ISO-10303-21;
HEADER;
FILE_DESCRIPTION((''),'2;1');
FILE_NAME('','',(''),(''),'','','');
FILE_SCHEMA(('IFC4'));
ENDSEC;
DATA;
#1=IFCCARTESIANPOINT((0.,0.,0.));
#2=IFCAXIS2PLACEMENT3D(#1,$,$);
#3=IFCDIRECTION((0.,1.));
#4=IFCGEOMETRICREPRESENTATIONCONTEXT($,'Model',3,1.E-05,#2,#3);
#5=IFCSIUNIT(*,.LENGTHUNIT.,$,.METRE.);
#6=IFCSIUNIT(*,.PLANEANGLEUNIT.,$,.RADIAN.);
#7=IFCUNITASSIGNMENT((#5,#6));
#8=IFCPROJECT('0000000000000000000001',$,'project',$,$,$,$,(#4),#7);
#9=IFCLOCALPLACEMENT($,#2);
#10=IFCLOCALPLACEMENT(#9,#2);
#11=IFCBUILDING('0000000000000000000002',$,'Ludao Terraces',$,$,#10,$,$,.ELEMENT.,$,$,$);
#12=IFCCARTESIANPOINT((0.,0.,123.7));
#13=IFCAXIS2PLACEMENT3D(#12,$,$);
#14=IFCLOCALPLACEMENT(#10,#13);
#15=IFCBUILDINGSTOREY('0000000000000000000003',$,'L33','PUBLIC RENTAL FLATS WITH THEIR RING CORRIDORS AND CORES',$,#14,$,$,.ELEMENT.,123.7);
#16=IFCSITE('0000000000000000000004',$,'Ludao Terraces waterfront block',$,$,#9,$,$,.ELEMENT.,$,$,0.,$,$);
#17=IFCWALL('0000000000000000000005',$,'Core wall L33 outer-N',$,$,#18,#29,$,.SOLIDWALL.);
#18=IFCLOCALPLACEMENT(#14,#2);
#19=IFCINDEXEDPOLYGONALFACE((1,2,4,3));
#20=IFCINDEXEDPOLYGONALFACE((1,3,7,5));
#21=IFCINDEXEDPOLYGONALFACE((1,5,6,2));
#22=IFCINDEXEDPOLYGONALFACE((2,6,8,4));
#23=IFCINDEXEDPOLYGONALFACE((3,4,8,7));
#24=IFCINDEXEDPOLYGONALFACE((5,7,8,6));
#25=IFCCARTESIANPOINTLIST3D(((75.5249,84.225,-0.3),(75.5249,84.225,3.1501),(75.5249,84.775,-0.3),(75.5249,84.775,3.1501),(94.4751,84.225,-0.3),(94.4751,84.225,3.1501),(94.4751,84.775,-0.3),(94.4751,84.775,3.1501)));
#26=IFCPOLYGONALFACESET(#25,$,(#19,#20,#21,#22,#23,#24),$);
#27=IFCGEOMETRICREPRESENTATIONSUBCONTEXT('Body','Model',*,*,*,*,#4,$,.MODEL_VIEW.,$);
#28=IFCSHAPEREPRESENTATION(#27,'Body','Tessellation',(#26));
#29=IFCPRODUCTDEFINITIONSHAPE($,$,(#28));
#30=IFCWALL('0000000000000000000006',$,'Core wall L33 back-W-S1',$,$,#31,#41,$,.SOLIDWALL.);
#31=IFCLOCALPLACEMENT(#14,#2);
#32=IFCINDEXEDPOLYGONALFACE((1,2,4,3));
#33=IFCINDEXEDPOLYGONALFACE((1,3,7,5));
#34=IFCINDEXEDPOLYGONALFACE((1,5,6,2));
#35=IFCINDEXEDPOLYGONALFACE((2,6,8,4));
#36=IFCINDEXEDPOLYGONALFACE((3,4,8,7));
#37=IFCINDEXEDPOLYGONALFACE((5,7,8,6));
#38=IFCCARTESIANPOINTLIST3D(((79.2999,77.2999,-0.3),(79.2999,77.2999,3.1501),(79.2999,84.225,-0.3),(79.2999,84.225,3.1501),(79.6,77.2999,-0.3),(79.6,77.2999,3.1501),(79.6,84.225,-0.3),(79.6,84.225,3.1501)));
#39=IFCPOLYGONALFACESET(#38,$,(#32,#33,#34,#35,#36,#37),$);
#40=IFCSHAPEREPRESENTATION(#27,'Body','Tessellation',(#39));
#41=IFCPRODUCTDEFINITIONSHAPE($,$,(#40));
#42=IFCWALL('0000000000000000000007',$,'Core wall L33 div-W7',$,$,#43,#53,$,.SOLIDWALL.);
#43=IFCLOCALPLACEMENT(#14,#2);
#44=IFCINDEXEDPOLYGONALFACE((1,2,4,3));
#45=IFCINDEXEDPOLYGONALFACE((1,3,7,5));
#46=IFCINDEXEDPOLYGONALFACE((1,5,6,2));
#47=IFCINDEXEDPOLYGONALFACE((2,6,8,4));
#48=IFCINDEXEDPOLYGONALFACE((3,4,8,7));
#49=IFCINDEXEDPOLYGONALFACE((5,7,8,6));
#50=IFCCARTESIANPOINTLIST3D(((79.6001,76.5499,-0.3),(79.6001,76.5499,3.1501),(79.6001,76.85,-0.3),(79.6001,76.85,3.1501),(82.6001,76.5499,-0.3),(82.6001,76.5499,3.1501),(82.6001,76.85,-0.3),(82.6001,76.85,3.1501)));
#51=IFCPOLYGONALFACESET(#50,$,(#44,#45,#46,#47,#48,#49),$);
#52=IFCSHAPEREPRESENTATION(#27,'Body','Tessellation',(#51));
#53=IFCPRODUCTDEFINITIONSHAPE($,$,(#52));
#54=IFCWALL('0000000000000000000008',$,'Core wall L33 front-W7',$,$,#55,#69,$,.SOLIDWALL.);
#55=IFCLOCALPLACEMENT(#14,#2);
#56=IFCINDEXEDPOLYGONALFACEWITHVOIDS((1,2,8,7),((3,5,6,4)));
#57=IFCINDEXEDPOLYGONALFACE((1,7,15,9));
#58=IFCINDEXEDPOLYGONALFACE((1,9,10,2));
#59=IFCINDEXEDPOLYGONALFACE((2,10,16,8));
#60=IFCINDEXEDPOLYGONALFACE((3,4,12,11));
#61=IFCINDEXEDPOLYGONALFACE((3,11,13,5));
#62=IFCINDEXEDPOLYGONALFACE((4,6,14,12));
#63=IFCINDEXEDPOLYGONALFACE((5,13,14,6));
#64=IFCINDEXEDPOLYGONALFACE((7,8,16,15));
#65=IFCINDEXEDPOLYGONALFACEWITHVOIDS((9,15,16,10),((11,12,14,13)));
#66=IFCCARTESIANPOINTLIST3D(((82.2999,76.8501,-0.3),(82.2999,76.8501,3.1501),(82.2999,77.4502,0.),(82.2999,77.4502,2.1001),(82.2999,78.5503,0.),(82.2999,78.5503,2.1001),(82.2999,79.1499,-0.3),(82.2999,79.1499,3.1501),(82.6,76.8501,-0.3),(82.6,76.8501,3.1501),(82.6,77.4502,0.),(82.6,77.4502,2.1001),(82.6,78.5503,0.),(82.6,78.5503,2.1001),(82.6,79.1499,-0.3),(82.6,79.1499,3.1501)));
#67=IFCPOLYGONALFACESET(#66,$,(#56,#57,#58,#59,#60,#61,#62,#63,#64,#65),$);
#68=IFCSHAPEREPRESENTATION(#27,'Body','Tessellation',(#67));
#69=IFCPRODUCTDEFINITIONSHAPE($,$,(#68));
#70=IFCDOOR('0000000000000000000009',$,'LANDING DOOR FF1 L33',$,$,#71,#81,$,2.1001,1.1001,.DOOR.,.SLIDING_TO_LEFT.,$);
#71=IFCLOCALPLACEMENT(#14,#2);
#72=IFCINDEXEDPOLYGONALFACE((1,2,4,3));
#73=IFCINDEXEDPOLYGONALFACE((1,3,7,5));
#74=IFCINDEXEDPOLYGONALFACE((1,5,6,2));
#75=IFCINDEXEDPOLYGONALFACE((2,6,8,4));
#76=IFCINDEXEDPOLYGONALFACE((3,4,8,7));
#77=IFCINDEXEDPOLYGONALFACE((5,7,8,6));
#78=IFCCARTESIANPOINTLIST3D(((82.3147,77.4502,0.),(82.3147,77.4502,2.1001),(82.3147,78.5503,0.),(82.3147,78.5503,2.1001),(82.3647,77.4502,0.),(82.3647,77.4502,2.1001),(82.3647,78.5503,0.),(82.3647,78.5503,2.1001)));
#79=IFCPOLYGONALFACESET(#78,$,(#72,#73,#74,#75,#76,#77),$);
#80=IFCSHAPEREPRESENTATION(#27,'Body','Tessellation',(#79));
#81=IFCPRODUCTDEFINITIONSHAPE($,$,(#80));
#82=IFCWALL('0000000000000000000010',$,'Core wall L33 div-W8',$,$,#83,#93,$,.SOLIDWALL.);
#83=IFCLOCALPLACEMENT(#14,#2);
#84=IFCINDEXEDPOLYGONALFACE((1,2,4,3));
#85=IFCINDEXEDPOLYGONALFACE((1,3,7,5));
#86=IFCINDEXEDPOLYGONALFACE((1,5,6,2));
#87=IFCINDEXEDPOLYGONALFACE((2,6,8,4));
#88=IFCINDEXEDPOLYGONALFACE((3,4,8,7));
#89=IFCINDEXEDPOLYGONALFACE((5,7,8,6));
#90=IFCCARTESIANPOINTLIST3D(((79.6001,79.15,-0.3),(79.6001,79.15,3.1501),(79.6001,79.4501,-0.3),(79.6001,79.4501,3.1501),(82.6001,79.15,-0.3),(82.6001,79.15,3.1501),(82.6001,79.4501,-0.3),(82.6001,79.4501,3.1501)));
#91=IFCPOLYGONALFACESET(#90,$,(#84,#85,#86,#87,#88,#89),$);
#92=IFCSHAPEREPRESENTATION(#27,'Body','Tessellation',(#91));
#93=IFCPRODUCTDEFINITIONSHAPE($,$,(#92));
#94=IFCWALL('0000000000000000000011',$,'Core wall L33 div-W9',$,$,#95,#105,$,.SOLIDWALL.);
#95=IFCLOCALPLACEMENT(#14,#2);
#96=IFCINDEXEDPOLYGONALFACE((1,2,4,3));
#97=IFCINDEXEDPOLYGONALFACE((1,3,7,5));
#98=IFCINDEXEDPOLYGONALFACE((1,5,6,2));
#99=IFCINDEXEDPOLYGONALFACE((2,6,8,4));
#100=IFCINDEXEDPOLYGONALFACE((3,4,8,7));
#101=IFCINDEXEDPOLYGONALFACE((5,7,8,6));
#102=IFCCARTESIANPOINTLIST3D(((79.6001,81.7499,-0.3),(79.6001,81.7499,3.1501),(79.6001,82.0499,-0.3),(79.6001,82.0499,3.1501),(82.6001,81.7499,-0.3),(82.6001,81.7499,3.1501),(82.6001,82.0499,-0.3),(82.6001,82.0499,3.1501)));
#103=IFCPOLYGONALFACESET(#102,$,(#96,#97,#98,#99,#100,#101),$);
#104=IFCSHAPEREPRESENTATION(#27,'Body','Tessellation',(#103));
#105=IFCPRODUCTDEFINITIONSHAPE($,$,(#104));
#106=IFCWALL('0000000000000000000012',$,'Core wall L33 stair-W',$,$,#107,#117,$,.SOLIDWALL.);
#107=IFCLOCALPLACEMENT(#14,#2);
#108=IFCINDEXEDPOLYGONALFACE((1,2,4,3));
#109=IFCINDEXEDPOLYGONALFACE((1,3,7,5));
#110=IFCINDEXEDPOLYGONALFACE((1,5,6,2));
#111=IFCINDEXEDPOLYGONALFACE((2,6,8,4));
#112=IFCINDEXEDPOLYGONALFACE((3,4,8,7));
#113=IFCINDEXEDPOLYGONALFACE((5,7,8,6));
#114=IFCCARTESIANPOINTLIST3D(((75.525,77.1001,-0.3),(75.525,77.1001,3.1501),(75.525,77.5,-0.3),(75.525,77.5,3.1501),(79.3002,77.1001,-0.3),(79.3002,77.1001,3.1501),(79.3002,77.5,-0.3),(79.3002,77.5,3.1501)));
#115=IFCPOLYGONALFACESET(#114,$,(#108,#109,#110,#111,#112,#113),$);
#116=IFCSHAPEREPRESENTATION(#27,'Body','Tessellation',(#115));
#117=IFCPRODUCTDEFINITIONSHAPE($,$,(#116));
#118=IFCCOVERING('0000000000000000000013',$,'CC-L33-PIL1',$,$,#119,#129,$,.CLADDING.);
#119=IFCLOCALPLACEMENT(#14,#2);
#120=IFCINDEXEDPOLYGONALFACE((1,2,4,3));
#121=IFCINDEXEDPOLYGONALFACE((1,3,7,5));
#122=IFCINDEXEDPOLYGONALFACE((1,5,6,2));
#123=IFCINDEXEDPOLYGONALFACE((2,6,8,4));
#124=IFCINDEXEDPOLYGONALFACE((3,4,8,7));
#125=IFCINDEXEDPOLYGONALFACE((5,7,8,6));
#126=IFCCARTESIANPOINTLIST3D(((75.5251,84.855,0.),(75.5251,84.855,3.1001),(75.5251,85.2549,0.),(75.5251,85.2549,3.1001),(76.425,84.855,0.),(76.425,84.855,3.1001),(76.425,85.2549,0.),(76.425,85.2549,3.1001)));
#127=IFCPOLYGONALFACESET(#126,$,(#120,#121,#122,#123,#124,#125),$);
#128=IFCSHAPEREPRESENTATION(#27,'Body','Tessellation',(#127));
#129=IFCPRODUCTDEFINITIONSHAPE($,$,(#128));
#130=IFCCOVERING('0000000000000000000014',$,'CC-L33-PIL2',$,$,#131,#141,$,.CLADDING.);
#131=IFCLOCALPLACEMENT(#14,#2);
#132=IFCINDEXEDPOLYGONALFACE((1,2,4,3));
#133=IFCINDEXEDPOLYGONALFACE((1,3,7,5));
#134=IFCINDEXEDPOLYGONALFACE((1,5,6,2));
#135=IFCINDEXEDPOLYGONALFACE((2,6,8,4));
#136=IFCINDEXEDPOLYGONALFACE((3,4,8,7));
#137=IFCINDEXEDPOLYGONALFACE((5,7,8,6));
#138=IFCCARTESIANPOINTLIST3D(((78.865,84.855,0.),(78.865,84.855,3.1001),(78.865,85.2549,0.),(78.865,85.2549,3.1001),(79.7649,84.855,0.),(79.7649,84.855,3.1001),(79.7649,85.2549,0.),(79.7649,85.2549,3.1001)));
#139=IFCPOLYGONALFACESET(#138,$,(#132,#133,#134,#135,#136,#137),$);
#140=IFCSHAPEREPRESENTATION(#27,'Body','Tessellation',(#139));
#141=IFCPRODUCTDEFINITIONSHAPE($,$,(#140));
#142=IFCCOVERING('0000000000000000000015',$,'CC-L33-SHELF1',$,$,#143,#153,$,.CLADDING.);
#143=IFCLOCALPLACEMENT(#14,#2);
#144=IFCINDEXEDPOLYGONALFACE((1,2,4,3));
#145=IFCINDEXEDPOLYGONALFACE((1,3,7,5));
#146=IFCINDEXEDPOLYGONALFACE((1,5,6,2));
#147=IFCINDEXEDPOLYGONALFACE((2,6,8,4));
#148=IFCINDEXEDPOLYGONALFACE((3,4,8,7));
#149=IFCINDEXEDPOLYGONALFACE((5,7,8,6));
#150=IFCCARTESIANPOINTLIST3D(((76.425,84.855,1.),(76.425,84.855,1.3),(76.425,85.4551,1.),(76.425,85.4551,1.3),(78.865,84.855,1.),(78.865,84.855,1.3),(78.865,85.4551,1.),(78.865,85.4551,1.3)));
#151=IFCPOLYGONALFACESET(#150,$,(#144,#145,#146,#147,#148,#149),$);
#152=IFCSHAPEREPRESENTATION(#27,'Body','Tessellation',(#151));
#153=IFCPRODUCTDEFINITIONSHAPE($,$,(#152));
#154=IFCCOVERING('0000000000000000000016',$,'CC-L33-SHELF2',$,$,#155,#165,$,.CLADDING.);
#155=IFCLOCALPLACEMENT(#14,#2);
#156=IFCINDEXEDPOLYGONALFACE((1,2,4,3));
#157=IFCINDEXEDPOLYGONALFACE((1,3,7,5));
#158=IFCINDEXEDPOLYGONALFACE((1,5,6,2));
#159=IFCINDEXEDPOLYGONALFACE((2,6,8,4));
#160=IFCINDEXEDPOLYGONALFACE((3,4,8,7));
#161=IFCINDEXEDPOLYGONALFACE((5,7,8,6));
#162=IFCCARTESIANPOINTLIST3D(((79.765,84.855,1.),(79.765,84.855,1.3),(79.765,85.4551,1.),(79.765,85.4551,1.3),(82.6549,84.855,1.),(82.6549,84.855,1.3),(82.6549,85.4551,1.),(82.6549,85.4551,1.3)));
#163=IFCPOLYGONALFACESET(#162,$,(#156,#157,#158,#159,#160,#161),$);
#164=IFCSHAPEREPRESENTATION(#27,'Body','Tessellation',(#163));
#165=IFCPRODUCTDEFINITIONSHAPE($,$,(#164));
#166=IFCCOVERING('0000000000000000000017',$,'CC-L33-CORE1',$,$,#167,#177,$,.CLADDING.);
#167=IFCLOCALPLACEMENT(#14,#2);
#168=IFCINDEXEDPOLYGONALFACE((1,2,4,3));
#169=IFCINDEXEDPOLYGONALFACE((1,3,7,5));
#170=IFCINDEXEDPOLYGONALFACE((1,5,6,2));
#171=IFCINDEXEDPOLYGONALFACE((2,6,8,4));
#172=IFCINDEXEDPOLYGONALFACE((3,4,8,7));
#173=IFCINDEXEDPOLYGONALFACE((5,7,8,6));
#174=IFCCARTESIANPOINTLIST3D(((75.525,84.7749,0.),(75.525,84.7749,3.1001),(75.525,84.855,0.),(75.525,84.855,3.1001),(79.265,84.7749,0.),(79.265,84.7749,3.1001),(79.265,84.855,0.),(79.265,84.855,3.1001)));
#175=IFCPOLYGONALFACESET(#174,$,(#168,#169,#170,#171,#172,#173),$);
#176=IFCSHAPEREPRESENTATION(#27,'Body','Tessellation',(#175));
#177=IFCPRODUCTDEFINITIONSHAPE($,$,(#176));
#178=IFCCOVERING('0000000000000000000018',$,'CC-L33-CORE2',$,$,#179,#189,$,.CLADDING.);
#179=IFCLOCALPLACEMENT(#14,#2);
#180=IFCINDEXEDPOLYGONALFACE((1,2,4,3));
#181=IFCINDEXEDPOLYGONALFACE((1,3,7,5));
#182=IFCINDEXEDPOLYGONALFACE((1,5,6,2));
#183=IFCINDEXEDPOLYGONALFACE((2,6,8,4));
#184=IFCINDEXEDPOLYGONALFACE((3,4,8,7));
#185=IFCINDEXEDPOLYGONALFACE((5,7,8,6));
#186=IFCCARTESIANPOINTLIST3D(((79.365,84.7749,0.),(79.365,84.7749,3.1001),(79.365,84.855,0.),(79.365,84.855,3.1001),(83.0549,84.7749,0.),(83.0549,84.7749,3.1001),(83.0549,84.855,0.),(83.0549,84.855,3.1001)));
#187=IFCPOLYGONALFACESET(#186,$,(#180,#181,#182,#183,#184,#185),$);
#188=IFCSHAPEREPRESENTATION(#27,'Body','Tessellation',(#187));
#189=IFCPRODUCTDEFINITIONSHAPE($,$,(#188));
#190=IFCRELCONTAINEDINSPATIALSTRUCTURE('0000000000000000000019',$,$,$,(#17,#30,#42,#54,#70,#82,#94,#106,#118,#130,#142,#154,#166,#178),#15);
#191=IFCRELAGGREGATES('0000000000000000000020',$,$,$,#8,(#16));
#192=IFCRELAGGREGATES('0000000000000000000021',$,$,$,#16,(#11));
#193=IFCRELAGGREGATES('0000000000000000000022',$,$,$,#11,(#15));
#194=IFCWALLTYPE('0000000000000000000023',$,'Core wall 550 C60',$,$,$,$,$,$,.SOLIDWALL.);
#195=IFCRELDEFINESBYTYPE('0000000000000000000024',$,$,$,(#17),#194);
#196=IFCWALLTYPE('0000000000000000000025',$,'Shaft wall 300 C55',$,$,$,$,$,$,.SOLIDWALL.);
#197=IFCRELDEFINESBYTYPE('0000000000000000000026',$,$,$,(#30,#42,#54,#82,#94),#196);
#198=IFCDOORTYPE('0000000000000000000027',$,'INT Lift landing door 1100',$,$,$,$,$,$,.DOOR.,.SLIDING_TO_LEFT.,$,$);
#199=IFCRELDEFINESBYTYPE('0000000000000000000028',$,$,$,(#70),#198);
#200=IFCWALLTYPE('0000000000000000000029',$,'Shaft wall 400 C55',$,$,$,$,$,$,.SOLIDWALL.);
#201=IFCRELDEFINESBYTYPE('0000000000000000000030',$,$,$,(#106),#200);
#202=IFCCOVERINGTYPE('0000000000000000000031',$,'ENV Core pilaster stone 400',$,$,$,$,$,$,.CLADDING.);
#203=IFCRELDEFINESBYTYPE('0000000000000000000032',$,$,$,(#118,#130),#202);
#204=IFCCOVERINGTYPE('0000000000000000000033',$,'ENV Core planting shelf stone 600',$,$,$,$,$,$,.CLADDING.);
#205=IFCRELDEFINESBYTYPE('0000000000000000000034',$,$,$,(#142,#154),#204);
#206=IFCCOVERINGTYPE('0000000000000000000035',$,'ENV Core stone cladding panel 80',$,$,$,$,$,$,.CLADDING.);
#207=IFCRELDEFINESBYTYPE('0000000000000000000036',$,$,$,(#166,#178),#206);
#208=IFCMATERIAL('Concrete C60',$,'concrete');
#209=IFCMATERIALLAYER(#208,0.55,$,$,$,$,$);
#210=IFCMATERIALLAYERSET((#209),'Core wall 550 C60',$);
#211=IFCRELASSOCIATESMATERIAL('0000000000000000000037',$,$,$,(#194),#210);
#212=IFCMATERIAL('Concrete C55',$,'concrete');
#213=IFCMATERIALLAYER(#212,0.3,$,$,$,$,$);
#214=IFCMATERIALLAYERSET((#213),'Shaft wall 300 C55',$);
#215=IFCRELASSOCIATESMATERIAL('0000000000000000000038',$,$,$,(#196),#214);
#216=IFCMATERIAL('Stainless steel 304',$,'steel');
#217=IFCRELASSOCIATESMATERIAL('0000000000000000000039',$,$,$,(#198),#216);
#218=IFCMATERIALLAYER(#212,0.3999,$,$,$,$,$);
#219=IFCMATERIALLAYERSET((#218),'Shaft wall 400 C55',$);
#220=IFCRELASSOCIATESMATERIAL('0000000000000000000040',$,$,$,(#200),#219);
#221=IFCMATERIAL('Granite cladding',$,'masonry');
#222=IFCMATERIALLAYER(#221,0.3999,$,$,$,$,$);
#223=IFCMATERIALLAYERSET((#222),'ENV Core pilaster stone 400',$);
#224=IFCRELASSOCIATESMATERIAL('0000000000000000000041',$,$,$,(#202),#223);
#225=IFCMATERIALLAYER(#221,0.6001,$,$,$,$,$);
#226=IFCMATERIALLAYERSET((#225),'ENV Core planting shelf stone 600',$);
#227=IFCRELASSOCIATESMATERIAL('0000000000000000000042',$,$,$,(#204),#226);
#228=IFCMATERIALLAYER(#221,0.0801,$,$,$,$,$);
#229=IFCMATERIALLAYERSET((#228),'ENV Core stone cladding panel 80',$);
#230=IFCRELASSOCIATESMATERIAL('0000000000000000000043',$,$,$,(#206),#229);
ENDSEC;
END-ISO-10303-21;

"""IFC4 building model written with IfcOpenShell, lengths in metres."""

from ifc_helpers import new_model, si_unit, direction, frame, frame_2d, origin, origin_2d, place, context, subcontext, project, spatial, rectangle, extrude, material, layer, layer_set, type_object, element, fill, save


model = new_model("IFC4")

# Units and contexts
model_context = context("Model", 3, precision=1e-05, world=origin(), true_north=direction((0.0, 1.0)))
body_context = subcontext(model_context, "Body", "Model", "MODEL_VIEW")
ifc_project = project(units=[si_unit("LENGTHUNIT", "METRE"), si_unit("PLANEANGLEUNIT", "RADIAN")], contexts=[model_context])

# Site, building, storey
site_placement = place(None, origin())
site = spatial("IfcSite", under=ifc_project, at=site_placement, Name="Ludao Terraces waterfront block", CompositionType="ELEMENT", RefElevation=0.0)
building_placement = place(site_placement, origin())
building = spatial("IfcBuilding", under=site, at=building_placement, Name="Ludao Terraces", CompositionType="ELEMENT")
storey_placement = place(building_placement, frame((0.0, 0.0, 123.7)))
storey = spatial("IfcBuildingStorey", under=building, at=storey_placement, Name="L33", Description="PUBLIC RENTAL FLATS WITH THEIR RING CORRIDORS AND CORES", CompositionType="ELEMENT", Elevation=123.7)

# Walls
ifc_material_1 = material(Name="Concrete C60", Category="concrete")
ifc_layer_1 = layer(ifc_material_1, 0.55)
ifc_layer_set_1 = layer_set([ifc_layer_1], Name="Core wall 550 C60")
wall_type_1 = type_object("IfcWallType", Name="Core wall 550 C60", PredefinedType="SOLIDWALL", material=ifc_layer_set_1)
wall_1_placement = place(storey_placement, frame((75.5249, 84.5, -0.3), z_axis=(0.0, 0.0, 1.0), x_axis=(1.0, 0.0, 0.0)))
element("IfcWall", 1, at=wall_1_placement, inside=storey, type_object=wall_type_1, Name="Core wall L33 outer-N", PredefinedType="SOLIDWALL", context=body_context, shape_type="SweptSolid", body=[
    extrude(rectangle(XDim=18.9502, YDim=0.55, at=frame_2d((9.4751, 0.0))), origin(), (0.0, 0.0, 1.0), 3.4502),
])
ifc_material_2 = material(Name="Concrete C55", Category="concrete")
ifc_layer_2 = layer(ifc_material_2, 0.3)
ifc_layer_set_2 = layer_set([ifc_layer_2], Name="Shaft wall 300 C55")
wall_type_2 = type_object("IfcWallType", Name="Shaft wall 300 C55", PredefinedType="SOLIDWALL", material=ifc_layer_set_2)
wall_2_placement = place(storey_placement, frame((79.45, 77.3, -0.3), z_axis=(0.0, 0.0, 1.0), x_axis=(0.0, 1.0, 0.0)))
element("IfcWall", 2, at=wall_2_placement, inside=storey, type_object=wall_type_2, Name="Core wall L33 back-W-S1", PredefinedType="SOLIDWALL", context=body_context, shape_type="SweptSolid", body=[
    extrude(rectangle(XDim=6.925, YDim=0.3, at=frame_2d((3.4624, 0.0))), origin(), (0.0, 0.0, 1.0), 3.4502),
])
wall_3_placement = place(storey_placement, frame((79.6001, 76.7, -0.3), z_axis=(0.0, 0.0, 1.0), x_axis=(1.0, 0.0, 0.0)))
element("IfcWall", 3, at=wall_3_placement, inside=storey, type_object=wall_type_2, Name="Core wall L33 div-W7", PredefinedType="SOLIDWALL", context=body_context, shape_type="SweptSolid", body=[
    extrude(rectangle(XDim=3.0, YDim=0.3, at=frame_2d((1.5, 0.0))), origin(), (0.0, 0.0, 1.0), 3.4502),
])

# Wall, opening, door
wall_4_placement = place(storey_placement, frame((82.45, 76.8501, -0.3), z_axis=(0.0, 0.0, 1.0), x_axis=(0.0, 1.0, 0.0)))
wall_4 = element("IfcWall", 4, at=wall_4_placement, inside=storey, type_object=wall_type_2, Name="Core wall L33 front-W7", PredefinedType="SOLIDWALL", context=body_context, shape_type="SweptSolid", body=[
    extrude(rectangle(XDim=2.2998, YDim=0.3, at=frame_2d((1.1499, 0.0))), origin(), (0.0, 0.0, 1.0), 3.4502),
])
opening_placement = place(wall_4_placement, frame((0.6001, 0.0, 0.3)))
opening = element("IfcOpeningElement", 5, at=opening_placement, cuts=wall_4, PredefinedType="OPENING", context=body_context, shape_type="SweptSolid", body=[
    extrude(rectangle(XDim=1.1001, YDim=2.1001, at=frame_2d((0.55, 1.05))), frame((0.0, 0.1602, 0.0), z_axis=(0.0, -1.0, 0.0), x_axis=(1.0, 0.0, 0.0)), (0.0, 0.0, 1.0), 0.3201),
])
ifc_material_3 = material(Name="Stainless steel 304", Category="steel")
door_type = type_object("IfcDoorType", Name="INT Lift landing door 1100", OperationType="SLIDING_TO_LEFT", PredefinedType="DOOR", material=ifc_material_3)
door_placement = place(opening_placement, origin())
door = element("IfcDoor", 6, at=door_placement, inside=storey, type_object=door_type, Name="LANDING DOOR FF1 L33", OperationType="SLIDING_TO_LEFT", OverallHeight=2.1001, OverallWidth=1.1001, PredefinedType="DOOR", context=body_context, shape_type="SweptSolid", body=[
    extrude(rectangle(XDim=1.1001, YDim=2.1001, at=frame_2d((0.55, 1.05))), frame((0.0, 0.1353, 0.0), z_axis=(0.0, -1.0, 0.0), x_axis=(1.0, 0.0, 0.0)), (0.0, 0.0, 1.0), 0.05),
])
fill(opening, door)

# Walls
for number, where, z_axis, x_axis, name in (
    (7, (79.6001, 79.3, -0.3), (0.0, 0.0, 1.0), (1.0, 0.0, 0.0), "Core wall L33 div-W8"),
    (8, (79.6001, 81.8999, -0.3), (0.0, 0.0, 1.0), (1.0, 0.0, 0.0), "Core wall L33 div-W9"),
):
    element("IfcWall", number, at=place(storey_placement, frame(where, z_axis=z_axis, x_axis=x_axis)), inside=storey, type_object=wall_type_2, Name=name, PredefinedType="SOLIDWALL", context=body_context, shape_type="SweptSolid", body=[
        extrude(rectangle(XDim=3.0, YDim=0.3, at=frame_2d((1.5, 0.0))), origin(), (0.0, 0.0, 1.0), 3.4502),
    ])
ifc_layer_3 = layer(ifc_material_2, 0.3999)
ifc_layer_set_3 = layer_set([ifc_layer_3], Name="Shaft wall 400 C55")
wall_type_3 = type_object("IfcWallType", Name="Shaft wall 400 C55", PredefinedType="SOLIDWALL", material=ifc_layer_set_3)
wall_5_placement = place(storey_placement, frame((75.5249, 77.3, -0.3), z_axis=(0.0, 0.0, 1.0), x_axis=(1.0, 0.0, 0.0)))
element("IfcWall", 9, at=wall_5_placement, inside=storey, type_object=wall_type_3, Name="Core wall L33 stair-W", PredefinedType="SOLIDWALL", context=body_context, shape_type="SweptSolid", body=[
    extrude(rectangle(XDim=3.7751, YDim=0.3999, at=frame_2d((1.8877, 0.0))), origin(), (0.0, 0.0, 1.0), 3.4502),
])

# Coverings
ifc_material_4 = material(Name="Granite cladding", Category="masonry")
ifc_layer_4 = layer(ifc_material_4, 0.3999)
ifc_layer_set_4 = layer_set([ifc_layer_4], Name="ENV Core pilaster stone 400")
covering_type_1 = type_object("IfcCoveringType", Name="ENV Core pilaster stone 400", PredefinedType="CLADDING", material=ifc_layer_set_4)
for number, where, z_axis, x_axis, name in (
    (10, (75.9751, 85.0549, 0.0), (0.0, 0.0, 1.0), (1.0, 0.0, 0.0), "CC-L33-PIL1"),
    (11, (79.3149, 85.0549, 0.0), (0.0, 0.0, 1.0), (1.0, 0.0, 0.0), "CC-L33-PIL2"),
):
    element("IfcCovering", number, at=place(storey_placement, frame(where, z_axis=z_axis, x_axis=x_axis)), inside=storey, type_object=covering_type_1, Name=name, PredefinedType="CLADDING", context=body_context, shape_type="SweptSolid", body=[
        extrude(rectangle(XDim=0.8999, YDim=0.3999, at=origin_2d()), origin(), (0.0, 0.0, 1.0), 3.1001),
    ])
ifc_layer_5 = layer(ifc_material_4, 0.6001)
ifc_layer_set_5 = layer_set([ifc_layer_5], Name="ENV Core planting shelf stone 600")
covering_type_2 = type_object("IfcCoveringType", Name="ENV Core planting shelf stone 600", PredefinedType="CLADDING", material=ifc_layer_set_5)
covering_1_placement = place(storey_placement, frame((77.645, 85.155, 1.0), z_axis=(0.0, 0.0, 1.0), x_axis=(1.0, 0.0, 0.0)))
element("IfcCovering", 12, at=covering_1_placement, inside=storey, type_object=covering_type_2, Name="CC-L33-SHELF1", PredefinedType="CLADDING", context=body_context, shape_type="SweptSolid", body=[
    extrude(rectangle(XDim=2.4399, YDim=0.6001, at=origin_2d()), origin(), (0.0, 0.0, 1.0), 0.3),
])
covering_2_placement = place(storey_placement, frame((81.21, 85.155, 1.0), z_axis=(0.0, 0.0, 1.0), x_axis=(1.0, 0.0, 0.0)))
element("IfcCovering", 13, at=covering_2_placement, inside=storey, type_object=covering_type_2, Name="CC-L33-SHELF2", PredefinedType="CLADDING", context=body_context, shape_type="SweptSolid", body=[
    extrude(rectangle(XDim=2.8899, YDim=0.6001, at=origin_2d()), origin(), (0.0, 0.0, 1.0), 0.3),
])
ifc_layer_6 = layer(ifc_material_4, 0.0801)
ifc_layer_set_6 = layer_set([ifc_layer_6], Name="ENV Core stone cladding panel 80")
covering_type_3 = type_object("IfcCoveringType", Name="ENV Core stone cladding panel 80", PredefinedType="CLADDING", material=ifc_layer_set_6)
covering_3_placement = place(storey_placement, frame((77.395, 84.8149, 0.0), z_axis=(0.0, 0.0, 1.0), x_axis=(1.0, 0.0, 0.0)))
element("IfcCovering", 14, at=covering_3_placement, inside=storey, type_object=covering_type_3, Name="CC-L33-CORE1", PredefinedType="CLADDING", context=body_context, shape_type="SweptSolid", body=[
    extrude(rectangle(XDim=3.74, YDim=0.0801, at=origin_2d()), origin(), (0.0, 0.0, 1.0), 3.1001),
])
covering_4_placement = place(storey_placement, frame((81.21, 84.8149, 0.0), z_axis=(0.0, 0.0, 1.0), x_axis=(1.0, 0.0, 0.0)))
element("IfcCovering", 15, at=covering_4_placement, inside=storey, type_object=covering_type_3, Name="CC-L33-CORE2", PredefinedType="CLADDING", context=body_context, shape_type="SweptSolid", body=[
    extrude(rectangle(XDim=3.6899, YDim=0.0801, at=origin_2d()), origin(), (0.0, 0.0, 1.0), 3.1001),
])

save(model, "model.ifc")
